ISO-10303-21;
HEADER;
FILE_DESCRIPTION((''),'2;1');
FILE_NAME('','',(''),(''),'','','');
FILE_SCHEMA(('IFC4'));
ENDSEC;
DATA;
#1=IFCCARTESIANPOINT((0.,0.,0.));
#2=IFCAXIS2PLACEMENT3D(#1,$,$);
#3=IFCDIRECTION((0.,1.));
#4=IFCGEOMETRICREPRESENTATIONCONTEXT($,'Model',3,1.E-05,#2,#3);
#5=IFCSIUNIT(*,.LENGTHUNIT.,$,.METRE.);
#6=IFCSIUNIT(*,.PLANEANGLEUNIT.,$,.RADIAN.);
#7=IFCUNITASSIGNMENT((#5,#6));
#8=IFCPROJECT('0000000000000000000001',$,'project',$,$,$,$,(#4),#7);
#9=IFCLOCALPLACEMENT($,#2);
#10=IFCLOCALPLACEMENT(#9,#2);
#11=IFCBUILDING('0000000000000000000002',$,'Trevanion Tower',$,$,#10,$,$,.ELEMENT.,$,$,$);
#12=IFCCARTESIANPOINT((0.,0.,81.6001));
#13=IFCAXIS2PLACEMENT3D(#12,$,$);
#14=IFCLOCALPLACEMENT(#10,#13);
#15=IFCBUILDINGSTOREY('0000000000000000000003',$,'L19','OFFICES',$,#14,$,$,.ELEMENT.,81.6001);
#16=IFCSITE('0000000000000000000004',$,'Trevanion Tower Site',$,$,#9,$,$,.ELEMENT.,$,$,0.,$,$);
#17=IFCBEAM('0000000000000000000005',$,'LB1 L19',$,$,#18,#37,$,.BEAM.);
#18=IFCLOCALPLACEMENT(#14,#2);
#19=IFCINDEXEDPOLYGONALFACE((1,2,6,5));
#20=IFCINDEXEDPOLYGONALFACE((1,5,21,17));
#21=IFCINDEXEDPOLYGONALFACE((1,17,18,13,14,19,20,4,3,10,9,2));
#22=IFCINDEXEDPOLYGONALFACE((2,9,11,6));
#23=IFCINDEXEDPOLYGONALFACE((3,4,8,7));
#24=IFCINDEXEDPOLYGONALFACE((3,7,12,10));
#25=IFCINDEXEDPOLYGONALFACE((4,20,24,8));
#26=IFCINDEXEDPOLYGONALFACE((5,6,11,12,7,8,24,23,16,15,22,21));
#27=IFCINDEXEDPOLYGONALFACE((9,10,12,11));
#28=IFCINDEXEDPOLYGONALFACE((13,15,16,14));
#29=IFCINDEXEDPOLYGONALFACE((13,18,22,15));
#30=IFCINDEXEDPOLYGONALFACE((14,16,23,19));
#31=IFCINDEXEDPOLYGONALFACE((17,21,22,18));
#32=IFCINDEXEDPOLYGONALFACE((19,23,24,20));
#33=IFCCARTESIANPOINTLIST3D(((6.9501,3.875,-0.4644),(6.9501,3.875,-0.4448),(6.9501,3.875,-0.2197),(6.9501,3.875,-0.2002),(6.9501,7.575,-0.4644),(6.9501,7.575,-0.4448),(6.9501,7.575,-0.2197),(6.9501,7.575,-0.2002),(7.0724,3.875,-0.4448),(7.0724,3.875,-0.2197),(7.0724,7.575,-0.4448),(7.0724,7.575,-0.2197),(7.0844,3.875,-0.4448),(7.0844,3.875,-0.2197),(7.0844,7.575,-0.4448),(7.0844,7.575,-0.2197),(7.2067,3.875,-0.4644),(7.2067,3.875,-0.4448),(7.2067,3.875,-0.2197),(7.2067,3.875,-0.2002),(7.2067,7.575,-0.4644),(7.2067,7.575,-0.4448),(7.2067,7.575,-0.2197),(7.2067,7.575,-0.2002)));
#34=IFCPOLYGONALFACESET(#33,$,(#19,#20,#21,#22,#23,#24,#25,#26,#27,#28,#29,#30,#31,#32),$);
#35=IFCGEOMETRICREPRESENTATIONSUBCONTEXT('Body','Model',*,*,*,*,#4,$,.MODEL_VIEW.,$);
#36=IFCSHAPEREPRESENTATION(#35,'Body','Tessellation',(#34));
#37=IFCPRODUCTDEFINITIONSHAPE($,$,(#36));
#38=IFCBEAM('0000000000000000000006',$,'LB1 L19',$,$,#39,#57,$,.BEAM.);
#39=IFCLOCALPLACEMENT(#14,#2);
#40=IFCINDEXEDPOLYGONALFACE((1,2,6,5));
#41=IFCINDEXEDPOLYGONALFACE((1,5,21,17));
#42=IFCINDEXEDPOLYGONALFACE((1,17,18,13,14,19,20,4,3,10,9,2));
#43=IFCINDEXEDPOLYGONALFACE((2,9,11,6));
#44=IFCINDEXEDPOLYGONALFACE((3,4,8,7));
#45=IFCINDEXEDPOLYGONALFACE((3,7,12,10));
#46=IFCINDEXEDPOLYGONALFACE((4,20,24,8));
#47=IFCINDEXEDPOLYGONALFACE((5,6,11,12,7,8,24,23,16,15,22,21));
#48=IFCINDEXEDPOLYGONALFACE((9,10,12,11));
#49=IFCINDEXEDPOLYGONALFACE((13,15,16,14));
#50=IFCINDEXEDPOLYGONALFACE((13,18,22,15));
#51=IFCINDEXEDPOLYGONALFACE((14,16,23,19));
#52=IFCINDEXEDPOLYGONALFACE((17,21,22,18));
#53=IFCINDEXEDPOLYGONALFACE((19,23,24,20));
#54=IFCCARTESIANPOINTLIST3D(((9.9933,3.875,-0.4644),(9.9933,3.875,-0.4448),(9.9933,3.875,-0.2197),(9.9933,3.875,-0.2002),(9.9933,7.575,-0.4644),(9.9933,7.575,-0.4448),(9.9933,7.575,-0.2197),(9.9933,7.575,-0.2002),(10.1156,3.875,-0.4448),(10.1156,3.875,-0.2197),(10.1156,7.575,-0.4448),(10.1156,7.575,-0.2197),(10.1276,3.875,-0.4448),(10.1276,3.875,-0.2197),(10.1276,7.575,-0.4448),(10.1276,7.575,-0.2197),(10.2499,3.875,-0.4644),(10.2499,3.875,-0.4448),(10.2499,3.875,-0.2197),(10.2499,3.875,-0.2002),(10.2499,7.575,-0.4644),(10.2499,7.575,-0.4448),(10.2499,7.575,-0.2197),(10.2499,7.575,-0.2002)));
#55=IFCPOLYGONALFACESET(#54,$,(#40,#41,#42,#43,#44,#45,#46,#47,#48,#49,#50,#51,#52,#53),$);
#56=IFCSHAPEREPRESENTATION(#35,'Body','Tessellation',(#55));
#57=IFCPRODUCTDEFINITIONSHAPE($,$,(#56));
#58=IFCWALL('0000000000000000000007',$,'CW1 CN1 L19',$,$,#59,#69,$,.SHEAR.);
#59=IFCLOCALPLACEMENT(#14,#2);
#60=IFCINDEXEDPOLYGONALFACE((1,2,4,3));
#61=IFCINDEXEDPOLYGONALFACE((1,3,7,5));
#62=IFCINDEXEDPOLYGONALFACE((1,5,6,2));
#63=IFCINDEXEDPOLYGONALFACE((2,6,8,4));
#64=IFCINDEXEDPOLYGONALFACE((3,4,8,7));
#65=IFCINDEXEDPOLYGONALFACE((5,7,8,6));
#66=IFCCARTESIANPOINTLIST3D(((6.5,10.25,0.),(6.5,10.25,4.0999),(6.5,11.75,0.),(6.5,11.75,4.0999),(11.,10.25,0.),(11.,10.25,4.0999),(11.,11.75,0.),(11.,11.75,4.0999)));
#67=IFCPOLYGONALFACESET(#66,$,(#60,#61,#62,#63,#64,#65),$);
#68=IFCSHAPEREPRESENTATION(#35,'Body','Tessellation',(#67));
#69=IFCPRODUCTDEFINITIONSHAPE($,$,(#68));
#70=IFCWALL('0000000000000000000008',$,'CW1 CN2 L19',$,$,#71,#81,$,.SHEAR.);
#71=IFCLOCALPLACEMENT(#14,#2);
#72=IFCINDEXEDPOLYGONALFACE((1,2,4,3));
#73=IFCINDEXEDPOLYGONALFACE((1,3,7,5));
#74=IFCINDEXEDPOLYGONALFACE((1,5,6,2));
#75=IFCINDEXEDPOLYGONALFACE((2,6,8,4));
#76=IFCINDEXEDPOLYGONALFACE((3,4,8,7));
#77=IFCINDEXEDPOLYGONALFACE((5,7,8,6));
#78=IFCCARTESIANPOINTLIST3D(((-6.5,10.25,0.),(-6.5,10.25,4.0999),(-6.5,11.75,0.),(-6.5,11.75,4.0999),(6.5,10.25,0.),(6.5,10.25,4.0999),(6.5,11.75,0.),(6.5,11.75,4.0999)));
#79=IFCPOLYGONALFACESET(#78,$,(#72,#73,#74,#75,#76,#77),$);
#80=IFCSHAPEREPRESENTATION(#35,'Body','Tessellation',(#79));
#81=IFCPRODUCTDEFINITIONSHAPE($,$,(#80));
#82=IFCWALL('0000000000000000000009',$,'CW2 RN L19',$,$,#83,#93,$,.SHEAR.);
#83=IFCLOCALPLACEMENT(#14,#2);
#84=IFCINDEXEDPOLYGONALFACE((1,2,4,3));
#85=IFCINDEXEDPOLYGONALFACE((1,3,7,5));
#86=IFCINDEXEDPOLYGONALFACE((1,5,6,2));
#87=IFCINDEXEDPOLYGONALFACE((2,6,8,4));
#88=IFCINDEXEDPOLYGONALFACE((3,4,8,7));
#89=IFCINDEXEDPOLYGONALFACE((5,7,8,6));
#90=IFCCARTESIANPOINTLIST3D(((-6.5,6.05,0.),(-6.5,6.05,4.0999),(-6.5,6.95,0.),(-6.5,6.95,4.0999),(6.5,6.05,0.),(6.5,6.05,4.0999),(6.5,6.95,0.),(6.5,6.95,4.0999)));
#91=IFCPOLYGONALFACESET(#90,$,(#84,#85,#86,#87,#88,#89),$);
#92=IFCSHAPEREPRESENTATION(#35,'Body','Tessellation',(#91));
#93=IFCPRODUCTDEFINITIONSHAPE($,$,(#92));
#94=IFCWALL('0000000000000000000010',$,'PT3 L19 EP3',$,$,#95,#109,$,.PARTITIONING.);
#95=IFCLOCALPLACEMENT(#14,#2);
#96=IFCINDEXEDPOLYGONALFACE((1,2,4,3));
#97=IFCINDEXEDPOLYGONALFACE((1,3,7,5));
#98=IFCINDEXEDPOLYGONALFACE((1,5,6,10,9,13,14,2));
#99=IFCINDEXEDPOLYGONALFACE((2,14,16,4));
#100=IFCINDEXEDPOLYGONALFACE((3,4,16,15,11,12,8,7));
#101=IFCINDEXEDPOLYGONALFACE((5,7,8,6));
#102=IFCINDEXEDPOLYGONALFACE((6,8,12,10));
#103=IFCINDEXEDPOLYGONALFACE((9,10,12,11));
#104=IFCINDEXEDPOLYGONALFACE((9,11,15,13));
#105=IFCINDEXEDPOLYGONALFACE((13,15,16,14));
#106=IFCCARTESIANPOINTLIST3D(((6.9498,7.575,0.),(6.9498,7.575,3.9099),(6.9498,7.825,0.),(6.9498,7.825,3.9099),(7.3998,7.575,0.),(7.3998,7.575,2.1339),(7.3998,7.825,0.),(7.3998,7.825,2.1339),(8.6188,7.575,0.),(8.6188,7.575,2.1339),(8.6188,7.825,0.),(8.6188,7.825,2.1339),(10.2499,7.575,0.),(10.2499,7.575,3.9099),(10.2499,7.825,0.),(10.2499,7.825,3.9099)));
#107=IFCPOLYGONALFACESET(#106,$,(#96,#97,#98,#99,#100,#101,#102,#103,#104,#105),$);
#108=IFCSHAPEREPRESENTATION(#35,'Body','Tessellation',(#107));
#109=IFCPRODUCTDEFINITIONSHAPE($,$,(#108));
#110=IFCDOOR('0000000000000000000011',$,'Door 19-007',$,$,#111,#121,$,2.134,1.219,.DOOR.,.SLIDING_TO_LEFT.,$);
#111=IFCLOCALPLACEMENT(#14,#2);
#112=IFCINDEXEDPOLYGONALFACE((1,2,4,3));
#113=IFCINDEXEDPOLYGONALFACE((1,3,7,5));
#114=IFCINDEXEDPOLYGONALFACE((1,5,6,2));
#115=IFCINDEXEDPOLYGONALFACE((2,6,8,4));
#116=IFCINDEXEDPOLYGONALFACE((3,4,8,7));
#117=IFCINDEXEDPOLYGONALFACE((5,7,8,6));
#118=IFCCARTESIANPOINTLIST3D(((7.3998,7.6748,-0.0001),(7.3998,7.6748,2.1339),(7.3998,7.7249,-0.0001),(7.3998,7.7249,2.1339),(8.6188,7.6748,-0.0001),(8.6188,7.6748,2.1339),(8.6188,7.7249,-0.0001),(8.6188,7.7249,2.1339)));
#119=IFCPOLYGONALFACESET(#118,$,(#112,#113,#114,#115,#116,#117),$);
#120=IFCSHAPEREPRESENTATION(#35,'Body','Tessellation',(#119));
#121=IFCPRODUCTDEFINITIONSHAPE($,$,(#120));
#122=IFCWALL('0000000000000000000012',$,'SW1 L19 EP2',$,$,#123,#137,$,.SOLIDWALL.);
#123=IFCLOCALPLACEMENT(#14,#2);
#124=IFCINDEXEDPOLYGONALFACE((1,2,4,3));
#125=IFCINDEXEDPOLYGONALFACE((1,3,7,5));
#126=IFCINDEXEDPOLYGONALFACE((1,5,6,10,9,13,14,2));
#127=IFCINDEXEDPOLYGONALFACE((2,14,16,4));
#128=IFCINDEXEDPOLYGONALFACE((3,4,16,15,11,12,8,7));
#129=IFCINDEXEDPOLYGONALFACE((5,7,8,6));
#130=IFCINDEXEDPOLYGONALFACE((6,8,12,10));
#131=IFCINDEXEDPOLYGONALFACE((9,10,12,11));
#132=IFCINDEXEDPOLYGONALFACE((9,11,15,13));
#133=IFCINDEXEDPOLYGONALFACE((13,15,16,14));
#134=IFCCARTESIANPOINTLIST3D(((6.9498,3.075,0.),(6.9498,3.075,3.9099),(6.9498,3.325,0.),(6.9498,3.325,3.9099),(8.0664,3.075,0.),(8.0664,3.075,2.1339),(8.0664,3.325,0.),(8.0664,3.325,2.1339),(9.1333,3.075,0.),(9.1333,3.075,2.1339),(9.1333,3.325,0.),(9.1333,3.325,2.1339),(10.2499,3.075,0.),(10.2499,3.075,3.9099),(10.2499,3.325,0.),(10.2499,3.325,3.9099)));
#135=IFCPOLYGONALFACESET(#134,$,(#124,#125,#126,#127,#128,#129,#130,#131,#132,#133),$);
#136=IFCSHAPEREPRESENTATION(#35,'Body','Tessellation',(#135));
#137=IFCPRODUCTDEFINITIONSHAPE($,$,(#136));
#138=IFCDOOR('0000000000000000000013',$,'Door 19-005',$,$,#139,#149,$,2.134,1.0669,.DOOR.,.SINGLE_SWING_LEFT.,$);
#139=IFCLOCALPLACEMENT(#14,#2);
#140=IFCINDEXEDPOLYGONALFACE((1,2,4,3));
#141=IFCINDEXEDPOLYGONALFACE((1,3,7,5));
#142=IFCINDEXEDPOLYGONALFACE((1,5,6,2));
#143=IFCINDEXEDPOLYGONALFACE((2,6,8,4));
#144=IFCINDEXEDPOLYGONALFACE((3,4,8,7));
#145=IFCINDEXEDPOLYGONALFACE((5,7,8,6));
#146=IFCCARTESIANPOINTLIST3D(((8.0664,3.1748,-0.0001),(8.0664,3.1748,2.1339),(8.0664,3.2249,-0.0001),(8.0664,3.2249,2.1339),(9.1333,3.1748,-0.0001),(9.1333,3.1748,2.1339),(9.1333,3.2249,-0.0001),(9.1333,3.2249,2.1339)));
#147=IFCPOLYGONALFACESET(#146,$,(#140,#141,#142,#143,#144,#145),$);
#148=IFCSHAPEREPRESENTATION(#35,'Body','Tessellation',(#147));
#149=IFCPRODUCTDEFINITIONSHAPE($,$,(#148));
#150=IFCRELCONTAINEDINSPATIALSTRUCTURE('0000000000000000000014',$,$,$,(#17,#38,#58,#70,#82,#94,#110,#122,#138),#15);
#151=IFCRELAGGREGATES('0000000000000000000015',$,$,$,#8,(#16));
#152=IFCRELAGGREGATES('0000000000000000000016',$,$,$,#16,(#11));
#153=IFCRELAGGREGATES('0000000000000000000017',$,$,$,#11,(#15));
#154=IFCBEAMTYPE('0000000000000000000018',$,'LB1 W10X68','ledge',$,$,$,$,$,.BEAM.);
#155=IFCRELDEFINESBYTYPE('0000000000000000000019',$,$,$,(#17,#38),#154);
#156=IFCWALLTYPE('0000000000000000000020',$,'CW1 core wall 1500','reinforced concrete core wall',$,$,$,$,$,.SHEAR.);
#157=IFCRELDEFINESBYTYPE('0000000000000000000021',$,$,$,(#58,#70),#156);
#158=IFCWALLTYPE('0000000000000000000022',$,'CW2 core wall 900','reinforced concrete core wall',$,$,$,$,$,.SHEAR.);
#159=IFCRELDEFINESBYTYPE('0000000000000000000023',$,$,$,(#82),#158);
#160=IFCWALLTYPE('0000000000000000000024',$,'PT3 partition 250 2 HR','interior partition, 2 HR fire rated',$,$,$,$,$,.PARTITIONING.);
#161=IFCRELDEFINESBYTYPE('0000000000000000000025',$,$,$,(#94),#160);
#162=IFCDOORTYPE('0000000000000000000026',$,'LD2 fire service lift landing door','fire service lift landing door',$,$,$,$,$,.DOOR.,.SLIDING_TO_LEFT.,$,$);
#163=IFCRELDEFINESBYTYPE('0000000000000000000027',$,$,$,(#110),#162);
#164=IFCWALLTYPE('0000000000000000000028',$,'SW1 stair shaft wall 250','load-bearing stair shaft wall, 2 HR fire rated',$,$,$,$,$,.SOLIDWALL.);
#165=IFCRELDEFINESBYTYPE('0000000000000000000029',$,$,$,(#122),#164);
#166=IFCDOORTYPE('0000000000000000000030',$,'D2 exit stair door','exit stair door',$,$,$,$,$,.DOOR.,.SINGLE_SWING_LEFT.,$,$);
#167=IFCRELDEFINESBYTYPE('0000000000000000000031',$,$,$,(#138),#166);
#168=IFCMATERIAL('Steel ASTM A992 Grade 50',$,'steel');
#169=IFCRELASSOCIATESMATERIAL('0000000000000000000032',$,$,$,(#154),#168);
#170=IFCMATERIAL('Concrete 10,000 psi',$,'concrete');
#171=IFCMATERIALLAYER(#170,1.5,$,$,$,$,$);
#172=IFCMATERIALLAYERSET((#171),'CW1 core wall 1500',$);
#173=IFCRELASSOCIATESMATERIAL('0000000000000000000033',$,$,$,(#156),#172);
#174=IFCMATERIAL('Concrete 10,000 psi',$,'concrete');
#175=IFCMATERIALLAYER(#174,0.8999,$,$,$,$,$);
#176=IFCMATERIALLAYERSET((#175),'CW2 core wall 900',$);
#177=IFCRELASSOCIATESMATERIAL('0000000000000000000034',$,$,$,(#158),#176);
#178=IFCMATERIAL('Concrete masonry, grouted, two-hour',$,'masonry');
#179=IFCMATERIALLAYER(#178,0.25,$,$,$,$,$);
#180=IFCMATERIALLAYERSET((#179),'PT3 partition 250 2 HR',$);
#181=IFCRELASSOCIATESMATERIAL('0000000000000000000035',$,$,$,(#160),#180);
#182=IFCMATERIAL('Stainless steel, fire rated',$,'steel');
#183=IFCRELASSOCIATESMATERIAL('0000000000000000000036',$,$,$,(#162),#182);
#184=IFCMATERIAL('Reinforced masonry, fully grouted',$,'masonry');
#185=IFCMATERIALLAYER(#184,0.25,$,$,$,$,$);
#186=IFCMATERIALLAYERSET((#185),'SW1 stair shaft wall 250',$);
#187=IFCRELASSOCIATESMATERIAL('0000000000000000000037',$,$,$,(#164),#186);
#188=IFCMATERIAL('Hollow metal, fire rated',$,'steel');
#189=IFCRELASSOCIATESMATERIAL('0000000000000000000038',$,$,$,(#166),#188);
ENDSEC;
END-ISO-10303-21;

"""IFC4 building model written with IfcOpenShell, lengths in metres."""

from ifc_helpers import new_model, si_unit, direction, frame, frame_2d, origin, origin_2d, place, context, subcontext, project, spatial, rectangle, i_section, extrude, material, layer, layer_set, material_profile, profile_set, type_object, element, fill, save


model = new_model("IFC4")

# Units and contexts
model_context = context("Model", 3, precision=1e-05, world=origin(), true_north=direction((0.0, 1.0)))
body_context = subcontext(model_context, "Body", "Model", "MODEL_VIEW")
ifc_project = project(units=[si_unit("LENGTHUNIT", "METRE"), si_unit("PLANEANGLEUNIT", "RADIAN")], contexts=[model_context])

# Site, building, storey
site_placement = place(None, origin())
site = spatial("IfcSite", under=ifc_project, at=site_placement, Name="Trevanion Tower Site", CompositionType="ELEMENT", RefElevation=0.0)
building_placement = place(site_placement, origin())
building = spatial("IfcBuilding", under=site, at=building_placement, Name="Trevanion Tower", CompositionType="ELEMENT")
storey_placement = place(building_placement, frame((0.0, 0.0, 81.6001)))
storey = spatial("IfcBuildingStorey", under=building, at=storey_placement, Name="L19", Description="OFFICES", CompositionType="ELEMENT", Elevation=81.6001)

# Beams
ifc_material_1 = material(Name="Steel ASTM A992 Grade 50", Category="steel")
ifc_material_profile_1 = material_profile(ifc_material_1, i_section(OverallWidth=0.2566, OverallDepth=0.2642, WebThickness=0.012, FlangeThickness=0.0195, at=origin_2d()), Name="W10X68")
ifc_profile_set_1 = profile_set([ifc_material_profile_1], Name="Steel ASTM A992 Grade 50")
beam_type_1 = type_object("IfcBeamType", Name="LB1 W10X68", Description="ledge", PredefinedType="BEAM", material=ifc_profile_set_1)
for number, where, z_axis, x_axis, name in (
    (1, (7.0784, 3.875, -0.3323), (0.0, 1.0, 0.0), (-1.0, 0.0, 0.0), "LB1 L19"),
    (2, (10.1216, 3.875, -0.3323), (0.0, 1.0, 0.0), (-1.0, 0.0, 0.0), "LB1 L19"),
):
    element("IfcBeam", number, at=place(storey_placement, frame(where, z_axis=z_axis, x_axis=x_axis)), inside=storey, type_object=beam_type_1, Name=name, PredefinedType="BEAM", context=body_context, shape_type="SweptSolid", body=[
        extrude(i_section(OverallWidth=0.2566, OverallDepth=0.2642, WebThickness=0.012, FlangeThickness=0.0195, at=origin_2d()), origin(), (0.0, 0.0, 1.0), 3.7),
    ])

# Walls
ifc_material_2 = material(Name="Concrete 10,000 psi", Category="concrete")
ifc_layer_1 = layer(ifc_material_2, 1.5)
ifc_layer_set_1 = layer_set([ifc_layer_1], Name="CW1 core wall 1500")
wall_type_1 = type_object("IfcWallType", Name="CW1 core wall 1500", Description="reinforced concrete core wall", PredefinedType="SHEAR", material=ifc_layer_set_1)
wall_1_placement = place(storey_placement, frame((11.0, 11.0, 0.0), z_axis=(0.0, 0.0, 1.0), x_axis=(-1.0, 0.0, 0.0)))
element("IfcWall", 3, at=wall_1_placement, inside=storey, type_object=wall_type_1, Name="CW1 CN1 L19", PredefinedType="SHEAR", context=body_context, shape_type="SweptSolid", body=[
    extrude(rectangle(XDim=4.5, YDim=1.5, at=frame_2d((2.25, 0.0))), origin(), (0.0, 0.0, 1.0), 4.0999),
])
wall_2_placement = place(storey_placement, frame((6.5, 11.0, 0.0), z_axis=(0.0, 0.0, 1.0), x_axis=(-1.0, 0.0, 0.0)))
element("IfcWall", 4, at=wall_2_placement, inside=storey, type_object=wall_type_1, Name="CW1 CN2 L19", PredefinedType="SHEAR", context=body_context, shape_type="SweptSolid", body=[
    extrude(rectangle(XDim=13.0, YDim=1.5, at=frame_2d((6.5, 0.0))), origin(), (0.0, 0.0, 1.0), 4.0999),
])
ifc_material_3 = material(Name="Concrete 10,000 psi", Category="concrete")
ifc_layer_2 = layer(ifc_material_3, 0.8999)
ifc_layer_set_2 = layer_set([ifc_layer_2], Name="CW2 core wall 900")
wall_type_2 = type_object("IfcWallType", Name="CW2 core wall 900", Description="reinforced concrete core wall", PredefinedType="SHEAR", material=ifc_layer_set_2)
wall_3_placement = place(storey_placement, frame((6.5, 6.5, 0.0), z_axis=(0.0, 0.0, 1.0), x_axis=(-1.0, 0.0, 0.0)))
element("IfcWall", 5, at=wall_3_placement, inside=storey, type_object=wall_type_2, Name="CW2 RN L19", PredefinedType="SHEAR", context=body_context, shape_type="SweptSolid", body=[
    extrude(rectangle(XDim=13.0, YDim=0.8999, at=frame_2d((6.5, 0.0))), origin(), (0.0, 0.0, 1.0), 4.0999),
])

# Walls, openings, doors
ifc_material_4 = material(Name="Concrete masonry, grouted, two-hour", Category="masonry")
ifc_layer_3 = layer(ifc_material_4, 0.25)
ifc_layer_set_3 = layer_set([ifc_layer_3], Name="PT3 partition 250 2 HR")
wall_type_3 = type_object("IfcWallType", Name="PT3 partition 250 2 HR", Description="interior partition, 2 HR fire rated", PredefinedType="PARTITIONING", material=ifc_layer_set_3)
wall_4_placement = place(storey_placement, frame((6.95, 7.7, 0.0), z_axis=(0.0, 0.0, 1.0), x_axis=(1.0, 0.0, 0.0)))
wall_4 = element("IfcWall", 6, at=wall_4_placement, inside=storey, type_object=wall_type_3, Name="PT3 L19 EP3", PredefinedType="PARTITIONING", context=body_context, shape_type="SweptSolid", body=[
    extrude(rectangle(XDim=3.3, YDim=0.25, at=frame_2d((1.6499, 0.0))), origin(), (0.0, 0.0, 1.0), 3.9099),
])
opening_1_placement = place(wall_4_placement, frame((0.45, 0.0, 0.0)))
opening_1 = element("IfcOpeningElement", 7, at=opening_1_placement, cuts=wall_4, PredefinedType="OPENING", context=body_context, shape_type="SweptSolid", body=[
    extrude(rectangle(XDim=1.219, YDim=2.134, at=frame_2d((0.6094, 1.0669))), frame((0.0, 0.135, 0.0), z_axis=(0.0, -1.0, 0.0), x_axis=(1.0, 0.0, 0.0)), (0.0, 0.0, 1.0), 0.27),
])
ifc_material_5 = material(Name="Stainless steel, fire rated", Category="steel")
door_type_1 = type_object("IfcDoorType", Name="LD2 fire service lift landing door", Description="fire service lift landing door", OperationType="SLIDING_TO_LEFT", PredefinedType="DOOR", material=ifc_material_5)
door_1_placement = place(opening_1_placement, origin())
door_1 = element("IfcDoor", 8, at=door_1_placement, inside=storey, type_object=door_type_1, Name="Door 19-007", OperationType="SLIDING_TO_LEFT", OverallHeight=2.134, OverallWidth=1.219, PredefinedType="DOOR", context=body_context, shape_type="SweptSolid", body=[
    extrude(rectangle(XDim=1.219, YDim=2.134, at=frame_2d((0.6094, 1.0669))), frame((0.0, 0.0249, 0.0), z_axis=(0.0, -1.0, 0.0), x_axis=(1.0, 0.0, 0.0)), (0.0, 0.0, 1.0), 0.05),
])
fill(opening_1, door_1)
ifc_material_6 = material(Name="Reinforced masonry, fully grouted", Category="masonry")
ifc_layer_4 = layer(ifc_material_6, 0.25)
ifc_layer_set_4 = layer_set([ifc_layer_4], Name="SW1 stair shaft wall 250")
wall_type_4 = type_object("IfcWallType", Name="SW1 stair shaft wall 250", Description="load-bearing stair shaft wall, 2 HR fire rated", PredefinedType="SOLIDWALL", material=ifc_layer_set_4)
wall_5_placement = place(storey_placement, frame((6.95, 3.2, 0.0), z_axis=(0.0, 0.0, 1.0), x_axis=(1.0, 0.0, 0.0)))
wall_5 = element("IfcWall", 9, at=wall_5_placement, inside=storey, type_object=wall_type_4, Name="SW1 L19 EP2", PredefinedType="SOLIDWALL", context=body_context, shape_type="SweptSolid", body=[
    extrude(rectangle(XDim=3.3, YDim=0.25, at=frame_2d((1.6499, 0.0))), origin(), (0.0, 0.0, 1.0), 3.9099),
])
opening_2_placement = place(wall_5_placement, frame((1.1165, 0.0, 0.0)))
opening_2 = element("IfcOpeningElement", 10, at=opening_2_placement, cuts=wall_5, PredefinedType="OPENING", context=body_context, shape_type="SweptSolid", body=[
    extrude(rectangle(XDim=1.0669, YDim=2.134, at=frame_2d((0.5334, 1.0669))), frame((0.0, 0.135, 0.0), z_axis=(0.0, -1.0, 0.0), x_axis=(1.0, 0.0, 0.0)), (0.0, 0.0, 1.0), 0.27),
])
ifc_material_7 = material(Name="Hollow metal, fire rated", Category="steel")
door_type_2 = type_object("IfcDoorType", Name="D2 exit stair door", Description="exit stair door", OperationType="SINGLE_SWING_LEFT", PredefinedType="DOOR", material=ifc_material_7)
door_2_placement = place(opening_2_placement, origin())
door_2 = element("IfcDoor", 11, at=door_2_placement, inside=storey, type_object=door_type_2, Name="Door 19-005", OperationType="SINGLE_SWING_LEFT", OverallHeight=2.134, OverallWidth=1.0669, PredefinedType="DOOR", context=body_context, shape_type="SweptSolid", body=[
    extrude(rectangle(XDim=1.0669, YDim=2.134, at=frame_2d((0.5334, 1.0669))), frame((0.0, 0.0249, 0.0), z_axis=(0.0, -1.0, 0.0), x_axis=(1.0, 0.0, 0.0)), (0.0, 0.0, 1.0), 0.05),
])
fill(opening_2, door_2)

save(model, "model.ifc")
